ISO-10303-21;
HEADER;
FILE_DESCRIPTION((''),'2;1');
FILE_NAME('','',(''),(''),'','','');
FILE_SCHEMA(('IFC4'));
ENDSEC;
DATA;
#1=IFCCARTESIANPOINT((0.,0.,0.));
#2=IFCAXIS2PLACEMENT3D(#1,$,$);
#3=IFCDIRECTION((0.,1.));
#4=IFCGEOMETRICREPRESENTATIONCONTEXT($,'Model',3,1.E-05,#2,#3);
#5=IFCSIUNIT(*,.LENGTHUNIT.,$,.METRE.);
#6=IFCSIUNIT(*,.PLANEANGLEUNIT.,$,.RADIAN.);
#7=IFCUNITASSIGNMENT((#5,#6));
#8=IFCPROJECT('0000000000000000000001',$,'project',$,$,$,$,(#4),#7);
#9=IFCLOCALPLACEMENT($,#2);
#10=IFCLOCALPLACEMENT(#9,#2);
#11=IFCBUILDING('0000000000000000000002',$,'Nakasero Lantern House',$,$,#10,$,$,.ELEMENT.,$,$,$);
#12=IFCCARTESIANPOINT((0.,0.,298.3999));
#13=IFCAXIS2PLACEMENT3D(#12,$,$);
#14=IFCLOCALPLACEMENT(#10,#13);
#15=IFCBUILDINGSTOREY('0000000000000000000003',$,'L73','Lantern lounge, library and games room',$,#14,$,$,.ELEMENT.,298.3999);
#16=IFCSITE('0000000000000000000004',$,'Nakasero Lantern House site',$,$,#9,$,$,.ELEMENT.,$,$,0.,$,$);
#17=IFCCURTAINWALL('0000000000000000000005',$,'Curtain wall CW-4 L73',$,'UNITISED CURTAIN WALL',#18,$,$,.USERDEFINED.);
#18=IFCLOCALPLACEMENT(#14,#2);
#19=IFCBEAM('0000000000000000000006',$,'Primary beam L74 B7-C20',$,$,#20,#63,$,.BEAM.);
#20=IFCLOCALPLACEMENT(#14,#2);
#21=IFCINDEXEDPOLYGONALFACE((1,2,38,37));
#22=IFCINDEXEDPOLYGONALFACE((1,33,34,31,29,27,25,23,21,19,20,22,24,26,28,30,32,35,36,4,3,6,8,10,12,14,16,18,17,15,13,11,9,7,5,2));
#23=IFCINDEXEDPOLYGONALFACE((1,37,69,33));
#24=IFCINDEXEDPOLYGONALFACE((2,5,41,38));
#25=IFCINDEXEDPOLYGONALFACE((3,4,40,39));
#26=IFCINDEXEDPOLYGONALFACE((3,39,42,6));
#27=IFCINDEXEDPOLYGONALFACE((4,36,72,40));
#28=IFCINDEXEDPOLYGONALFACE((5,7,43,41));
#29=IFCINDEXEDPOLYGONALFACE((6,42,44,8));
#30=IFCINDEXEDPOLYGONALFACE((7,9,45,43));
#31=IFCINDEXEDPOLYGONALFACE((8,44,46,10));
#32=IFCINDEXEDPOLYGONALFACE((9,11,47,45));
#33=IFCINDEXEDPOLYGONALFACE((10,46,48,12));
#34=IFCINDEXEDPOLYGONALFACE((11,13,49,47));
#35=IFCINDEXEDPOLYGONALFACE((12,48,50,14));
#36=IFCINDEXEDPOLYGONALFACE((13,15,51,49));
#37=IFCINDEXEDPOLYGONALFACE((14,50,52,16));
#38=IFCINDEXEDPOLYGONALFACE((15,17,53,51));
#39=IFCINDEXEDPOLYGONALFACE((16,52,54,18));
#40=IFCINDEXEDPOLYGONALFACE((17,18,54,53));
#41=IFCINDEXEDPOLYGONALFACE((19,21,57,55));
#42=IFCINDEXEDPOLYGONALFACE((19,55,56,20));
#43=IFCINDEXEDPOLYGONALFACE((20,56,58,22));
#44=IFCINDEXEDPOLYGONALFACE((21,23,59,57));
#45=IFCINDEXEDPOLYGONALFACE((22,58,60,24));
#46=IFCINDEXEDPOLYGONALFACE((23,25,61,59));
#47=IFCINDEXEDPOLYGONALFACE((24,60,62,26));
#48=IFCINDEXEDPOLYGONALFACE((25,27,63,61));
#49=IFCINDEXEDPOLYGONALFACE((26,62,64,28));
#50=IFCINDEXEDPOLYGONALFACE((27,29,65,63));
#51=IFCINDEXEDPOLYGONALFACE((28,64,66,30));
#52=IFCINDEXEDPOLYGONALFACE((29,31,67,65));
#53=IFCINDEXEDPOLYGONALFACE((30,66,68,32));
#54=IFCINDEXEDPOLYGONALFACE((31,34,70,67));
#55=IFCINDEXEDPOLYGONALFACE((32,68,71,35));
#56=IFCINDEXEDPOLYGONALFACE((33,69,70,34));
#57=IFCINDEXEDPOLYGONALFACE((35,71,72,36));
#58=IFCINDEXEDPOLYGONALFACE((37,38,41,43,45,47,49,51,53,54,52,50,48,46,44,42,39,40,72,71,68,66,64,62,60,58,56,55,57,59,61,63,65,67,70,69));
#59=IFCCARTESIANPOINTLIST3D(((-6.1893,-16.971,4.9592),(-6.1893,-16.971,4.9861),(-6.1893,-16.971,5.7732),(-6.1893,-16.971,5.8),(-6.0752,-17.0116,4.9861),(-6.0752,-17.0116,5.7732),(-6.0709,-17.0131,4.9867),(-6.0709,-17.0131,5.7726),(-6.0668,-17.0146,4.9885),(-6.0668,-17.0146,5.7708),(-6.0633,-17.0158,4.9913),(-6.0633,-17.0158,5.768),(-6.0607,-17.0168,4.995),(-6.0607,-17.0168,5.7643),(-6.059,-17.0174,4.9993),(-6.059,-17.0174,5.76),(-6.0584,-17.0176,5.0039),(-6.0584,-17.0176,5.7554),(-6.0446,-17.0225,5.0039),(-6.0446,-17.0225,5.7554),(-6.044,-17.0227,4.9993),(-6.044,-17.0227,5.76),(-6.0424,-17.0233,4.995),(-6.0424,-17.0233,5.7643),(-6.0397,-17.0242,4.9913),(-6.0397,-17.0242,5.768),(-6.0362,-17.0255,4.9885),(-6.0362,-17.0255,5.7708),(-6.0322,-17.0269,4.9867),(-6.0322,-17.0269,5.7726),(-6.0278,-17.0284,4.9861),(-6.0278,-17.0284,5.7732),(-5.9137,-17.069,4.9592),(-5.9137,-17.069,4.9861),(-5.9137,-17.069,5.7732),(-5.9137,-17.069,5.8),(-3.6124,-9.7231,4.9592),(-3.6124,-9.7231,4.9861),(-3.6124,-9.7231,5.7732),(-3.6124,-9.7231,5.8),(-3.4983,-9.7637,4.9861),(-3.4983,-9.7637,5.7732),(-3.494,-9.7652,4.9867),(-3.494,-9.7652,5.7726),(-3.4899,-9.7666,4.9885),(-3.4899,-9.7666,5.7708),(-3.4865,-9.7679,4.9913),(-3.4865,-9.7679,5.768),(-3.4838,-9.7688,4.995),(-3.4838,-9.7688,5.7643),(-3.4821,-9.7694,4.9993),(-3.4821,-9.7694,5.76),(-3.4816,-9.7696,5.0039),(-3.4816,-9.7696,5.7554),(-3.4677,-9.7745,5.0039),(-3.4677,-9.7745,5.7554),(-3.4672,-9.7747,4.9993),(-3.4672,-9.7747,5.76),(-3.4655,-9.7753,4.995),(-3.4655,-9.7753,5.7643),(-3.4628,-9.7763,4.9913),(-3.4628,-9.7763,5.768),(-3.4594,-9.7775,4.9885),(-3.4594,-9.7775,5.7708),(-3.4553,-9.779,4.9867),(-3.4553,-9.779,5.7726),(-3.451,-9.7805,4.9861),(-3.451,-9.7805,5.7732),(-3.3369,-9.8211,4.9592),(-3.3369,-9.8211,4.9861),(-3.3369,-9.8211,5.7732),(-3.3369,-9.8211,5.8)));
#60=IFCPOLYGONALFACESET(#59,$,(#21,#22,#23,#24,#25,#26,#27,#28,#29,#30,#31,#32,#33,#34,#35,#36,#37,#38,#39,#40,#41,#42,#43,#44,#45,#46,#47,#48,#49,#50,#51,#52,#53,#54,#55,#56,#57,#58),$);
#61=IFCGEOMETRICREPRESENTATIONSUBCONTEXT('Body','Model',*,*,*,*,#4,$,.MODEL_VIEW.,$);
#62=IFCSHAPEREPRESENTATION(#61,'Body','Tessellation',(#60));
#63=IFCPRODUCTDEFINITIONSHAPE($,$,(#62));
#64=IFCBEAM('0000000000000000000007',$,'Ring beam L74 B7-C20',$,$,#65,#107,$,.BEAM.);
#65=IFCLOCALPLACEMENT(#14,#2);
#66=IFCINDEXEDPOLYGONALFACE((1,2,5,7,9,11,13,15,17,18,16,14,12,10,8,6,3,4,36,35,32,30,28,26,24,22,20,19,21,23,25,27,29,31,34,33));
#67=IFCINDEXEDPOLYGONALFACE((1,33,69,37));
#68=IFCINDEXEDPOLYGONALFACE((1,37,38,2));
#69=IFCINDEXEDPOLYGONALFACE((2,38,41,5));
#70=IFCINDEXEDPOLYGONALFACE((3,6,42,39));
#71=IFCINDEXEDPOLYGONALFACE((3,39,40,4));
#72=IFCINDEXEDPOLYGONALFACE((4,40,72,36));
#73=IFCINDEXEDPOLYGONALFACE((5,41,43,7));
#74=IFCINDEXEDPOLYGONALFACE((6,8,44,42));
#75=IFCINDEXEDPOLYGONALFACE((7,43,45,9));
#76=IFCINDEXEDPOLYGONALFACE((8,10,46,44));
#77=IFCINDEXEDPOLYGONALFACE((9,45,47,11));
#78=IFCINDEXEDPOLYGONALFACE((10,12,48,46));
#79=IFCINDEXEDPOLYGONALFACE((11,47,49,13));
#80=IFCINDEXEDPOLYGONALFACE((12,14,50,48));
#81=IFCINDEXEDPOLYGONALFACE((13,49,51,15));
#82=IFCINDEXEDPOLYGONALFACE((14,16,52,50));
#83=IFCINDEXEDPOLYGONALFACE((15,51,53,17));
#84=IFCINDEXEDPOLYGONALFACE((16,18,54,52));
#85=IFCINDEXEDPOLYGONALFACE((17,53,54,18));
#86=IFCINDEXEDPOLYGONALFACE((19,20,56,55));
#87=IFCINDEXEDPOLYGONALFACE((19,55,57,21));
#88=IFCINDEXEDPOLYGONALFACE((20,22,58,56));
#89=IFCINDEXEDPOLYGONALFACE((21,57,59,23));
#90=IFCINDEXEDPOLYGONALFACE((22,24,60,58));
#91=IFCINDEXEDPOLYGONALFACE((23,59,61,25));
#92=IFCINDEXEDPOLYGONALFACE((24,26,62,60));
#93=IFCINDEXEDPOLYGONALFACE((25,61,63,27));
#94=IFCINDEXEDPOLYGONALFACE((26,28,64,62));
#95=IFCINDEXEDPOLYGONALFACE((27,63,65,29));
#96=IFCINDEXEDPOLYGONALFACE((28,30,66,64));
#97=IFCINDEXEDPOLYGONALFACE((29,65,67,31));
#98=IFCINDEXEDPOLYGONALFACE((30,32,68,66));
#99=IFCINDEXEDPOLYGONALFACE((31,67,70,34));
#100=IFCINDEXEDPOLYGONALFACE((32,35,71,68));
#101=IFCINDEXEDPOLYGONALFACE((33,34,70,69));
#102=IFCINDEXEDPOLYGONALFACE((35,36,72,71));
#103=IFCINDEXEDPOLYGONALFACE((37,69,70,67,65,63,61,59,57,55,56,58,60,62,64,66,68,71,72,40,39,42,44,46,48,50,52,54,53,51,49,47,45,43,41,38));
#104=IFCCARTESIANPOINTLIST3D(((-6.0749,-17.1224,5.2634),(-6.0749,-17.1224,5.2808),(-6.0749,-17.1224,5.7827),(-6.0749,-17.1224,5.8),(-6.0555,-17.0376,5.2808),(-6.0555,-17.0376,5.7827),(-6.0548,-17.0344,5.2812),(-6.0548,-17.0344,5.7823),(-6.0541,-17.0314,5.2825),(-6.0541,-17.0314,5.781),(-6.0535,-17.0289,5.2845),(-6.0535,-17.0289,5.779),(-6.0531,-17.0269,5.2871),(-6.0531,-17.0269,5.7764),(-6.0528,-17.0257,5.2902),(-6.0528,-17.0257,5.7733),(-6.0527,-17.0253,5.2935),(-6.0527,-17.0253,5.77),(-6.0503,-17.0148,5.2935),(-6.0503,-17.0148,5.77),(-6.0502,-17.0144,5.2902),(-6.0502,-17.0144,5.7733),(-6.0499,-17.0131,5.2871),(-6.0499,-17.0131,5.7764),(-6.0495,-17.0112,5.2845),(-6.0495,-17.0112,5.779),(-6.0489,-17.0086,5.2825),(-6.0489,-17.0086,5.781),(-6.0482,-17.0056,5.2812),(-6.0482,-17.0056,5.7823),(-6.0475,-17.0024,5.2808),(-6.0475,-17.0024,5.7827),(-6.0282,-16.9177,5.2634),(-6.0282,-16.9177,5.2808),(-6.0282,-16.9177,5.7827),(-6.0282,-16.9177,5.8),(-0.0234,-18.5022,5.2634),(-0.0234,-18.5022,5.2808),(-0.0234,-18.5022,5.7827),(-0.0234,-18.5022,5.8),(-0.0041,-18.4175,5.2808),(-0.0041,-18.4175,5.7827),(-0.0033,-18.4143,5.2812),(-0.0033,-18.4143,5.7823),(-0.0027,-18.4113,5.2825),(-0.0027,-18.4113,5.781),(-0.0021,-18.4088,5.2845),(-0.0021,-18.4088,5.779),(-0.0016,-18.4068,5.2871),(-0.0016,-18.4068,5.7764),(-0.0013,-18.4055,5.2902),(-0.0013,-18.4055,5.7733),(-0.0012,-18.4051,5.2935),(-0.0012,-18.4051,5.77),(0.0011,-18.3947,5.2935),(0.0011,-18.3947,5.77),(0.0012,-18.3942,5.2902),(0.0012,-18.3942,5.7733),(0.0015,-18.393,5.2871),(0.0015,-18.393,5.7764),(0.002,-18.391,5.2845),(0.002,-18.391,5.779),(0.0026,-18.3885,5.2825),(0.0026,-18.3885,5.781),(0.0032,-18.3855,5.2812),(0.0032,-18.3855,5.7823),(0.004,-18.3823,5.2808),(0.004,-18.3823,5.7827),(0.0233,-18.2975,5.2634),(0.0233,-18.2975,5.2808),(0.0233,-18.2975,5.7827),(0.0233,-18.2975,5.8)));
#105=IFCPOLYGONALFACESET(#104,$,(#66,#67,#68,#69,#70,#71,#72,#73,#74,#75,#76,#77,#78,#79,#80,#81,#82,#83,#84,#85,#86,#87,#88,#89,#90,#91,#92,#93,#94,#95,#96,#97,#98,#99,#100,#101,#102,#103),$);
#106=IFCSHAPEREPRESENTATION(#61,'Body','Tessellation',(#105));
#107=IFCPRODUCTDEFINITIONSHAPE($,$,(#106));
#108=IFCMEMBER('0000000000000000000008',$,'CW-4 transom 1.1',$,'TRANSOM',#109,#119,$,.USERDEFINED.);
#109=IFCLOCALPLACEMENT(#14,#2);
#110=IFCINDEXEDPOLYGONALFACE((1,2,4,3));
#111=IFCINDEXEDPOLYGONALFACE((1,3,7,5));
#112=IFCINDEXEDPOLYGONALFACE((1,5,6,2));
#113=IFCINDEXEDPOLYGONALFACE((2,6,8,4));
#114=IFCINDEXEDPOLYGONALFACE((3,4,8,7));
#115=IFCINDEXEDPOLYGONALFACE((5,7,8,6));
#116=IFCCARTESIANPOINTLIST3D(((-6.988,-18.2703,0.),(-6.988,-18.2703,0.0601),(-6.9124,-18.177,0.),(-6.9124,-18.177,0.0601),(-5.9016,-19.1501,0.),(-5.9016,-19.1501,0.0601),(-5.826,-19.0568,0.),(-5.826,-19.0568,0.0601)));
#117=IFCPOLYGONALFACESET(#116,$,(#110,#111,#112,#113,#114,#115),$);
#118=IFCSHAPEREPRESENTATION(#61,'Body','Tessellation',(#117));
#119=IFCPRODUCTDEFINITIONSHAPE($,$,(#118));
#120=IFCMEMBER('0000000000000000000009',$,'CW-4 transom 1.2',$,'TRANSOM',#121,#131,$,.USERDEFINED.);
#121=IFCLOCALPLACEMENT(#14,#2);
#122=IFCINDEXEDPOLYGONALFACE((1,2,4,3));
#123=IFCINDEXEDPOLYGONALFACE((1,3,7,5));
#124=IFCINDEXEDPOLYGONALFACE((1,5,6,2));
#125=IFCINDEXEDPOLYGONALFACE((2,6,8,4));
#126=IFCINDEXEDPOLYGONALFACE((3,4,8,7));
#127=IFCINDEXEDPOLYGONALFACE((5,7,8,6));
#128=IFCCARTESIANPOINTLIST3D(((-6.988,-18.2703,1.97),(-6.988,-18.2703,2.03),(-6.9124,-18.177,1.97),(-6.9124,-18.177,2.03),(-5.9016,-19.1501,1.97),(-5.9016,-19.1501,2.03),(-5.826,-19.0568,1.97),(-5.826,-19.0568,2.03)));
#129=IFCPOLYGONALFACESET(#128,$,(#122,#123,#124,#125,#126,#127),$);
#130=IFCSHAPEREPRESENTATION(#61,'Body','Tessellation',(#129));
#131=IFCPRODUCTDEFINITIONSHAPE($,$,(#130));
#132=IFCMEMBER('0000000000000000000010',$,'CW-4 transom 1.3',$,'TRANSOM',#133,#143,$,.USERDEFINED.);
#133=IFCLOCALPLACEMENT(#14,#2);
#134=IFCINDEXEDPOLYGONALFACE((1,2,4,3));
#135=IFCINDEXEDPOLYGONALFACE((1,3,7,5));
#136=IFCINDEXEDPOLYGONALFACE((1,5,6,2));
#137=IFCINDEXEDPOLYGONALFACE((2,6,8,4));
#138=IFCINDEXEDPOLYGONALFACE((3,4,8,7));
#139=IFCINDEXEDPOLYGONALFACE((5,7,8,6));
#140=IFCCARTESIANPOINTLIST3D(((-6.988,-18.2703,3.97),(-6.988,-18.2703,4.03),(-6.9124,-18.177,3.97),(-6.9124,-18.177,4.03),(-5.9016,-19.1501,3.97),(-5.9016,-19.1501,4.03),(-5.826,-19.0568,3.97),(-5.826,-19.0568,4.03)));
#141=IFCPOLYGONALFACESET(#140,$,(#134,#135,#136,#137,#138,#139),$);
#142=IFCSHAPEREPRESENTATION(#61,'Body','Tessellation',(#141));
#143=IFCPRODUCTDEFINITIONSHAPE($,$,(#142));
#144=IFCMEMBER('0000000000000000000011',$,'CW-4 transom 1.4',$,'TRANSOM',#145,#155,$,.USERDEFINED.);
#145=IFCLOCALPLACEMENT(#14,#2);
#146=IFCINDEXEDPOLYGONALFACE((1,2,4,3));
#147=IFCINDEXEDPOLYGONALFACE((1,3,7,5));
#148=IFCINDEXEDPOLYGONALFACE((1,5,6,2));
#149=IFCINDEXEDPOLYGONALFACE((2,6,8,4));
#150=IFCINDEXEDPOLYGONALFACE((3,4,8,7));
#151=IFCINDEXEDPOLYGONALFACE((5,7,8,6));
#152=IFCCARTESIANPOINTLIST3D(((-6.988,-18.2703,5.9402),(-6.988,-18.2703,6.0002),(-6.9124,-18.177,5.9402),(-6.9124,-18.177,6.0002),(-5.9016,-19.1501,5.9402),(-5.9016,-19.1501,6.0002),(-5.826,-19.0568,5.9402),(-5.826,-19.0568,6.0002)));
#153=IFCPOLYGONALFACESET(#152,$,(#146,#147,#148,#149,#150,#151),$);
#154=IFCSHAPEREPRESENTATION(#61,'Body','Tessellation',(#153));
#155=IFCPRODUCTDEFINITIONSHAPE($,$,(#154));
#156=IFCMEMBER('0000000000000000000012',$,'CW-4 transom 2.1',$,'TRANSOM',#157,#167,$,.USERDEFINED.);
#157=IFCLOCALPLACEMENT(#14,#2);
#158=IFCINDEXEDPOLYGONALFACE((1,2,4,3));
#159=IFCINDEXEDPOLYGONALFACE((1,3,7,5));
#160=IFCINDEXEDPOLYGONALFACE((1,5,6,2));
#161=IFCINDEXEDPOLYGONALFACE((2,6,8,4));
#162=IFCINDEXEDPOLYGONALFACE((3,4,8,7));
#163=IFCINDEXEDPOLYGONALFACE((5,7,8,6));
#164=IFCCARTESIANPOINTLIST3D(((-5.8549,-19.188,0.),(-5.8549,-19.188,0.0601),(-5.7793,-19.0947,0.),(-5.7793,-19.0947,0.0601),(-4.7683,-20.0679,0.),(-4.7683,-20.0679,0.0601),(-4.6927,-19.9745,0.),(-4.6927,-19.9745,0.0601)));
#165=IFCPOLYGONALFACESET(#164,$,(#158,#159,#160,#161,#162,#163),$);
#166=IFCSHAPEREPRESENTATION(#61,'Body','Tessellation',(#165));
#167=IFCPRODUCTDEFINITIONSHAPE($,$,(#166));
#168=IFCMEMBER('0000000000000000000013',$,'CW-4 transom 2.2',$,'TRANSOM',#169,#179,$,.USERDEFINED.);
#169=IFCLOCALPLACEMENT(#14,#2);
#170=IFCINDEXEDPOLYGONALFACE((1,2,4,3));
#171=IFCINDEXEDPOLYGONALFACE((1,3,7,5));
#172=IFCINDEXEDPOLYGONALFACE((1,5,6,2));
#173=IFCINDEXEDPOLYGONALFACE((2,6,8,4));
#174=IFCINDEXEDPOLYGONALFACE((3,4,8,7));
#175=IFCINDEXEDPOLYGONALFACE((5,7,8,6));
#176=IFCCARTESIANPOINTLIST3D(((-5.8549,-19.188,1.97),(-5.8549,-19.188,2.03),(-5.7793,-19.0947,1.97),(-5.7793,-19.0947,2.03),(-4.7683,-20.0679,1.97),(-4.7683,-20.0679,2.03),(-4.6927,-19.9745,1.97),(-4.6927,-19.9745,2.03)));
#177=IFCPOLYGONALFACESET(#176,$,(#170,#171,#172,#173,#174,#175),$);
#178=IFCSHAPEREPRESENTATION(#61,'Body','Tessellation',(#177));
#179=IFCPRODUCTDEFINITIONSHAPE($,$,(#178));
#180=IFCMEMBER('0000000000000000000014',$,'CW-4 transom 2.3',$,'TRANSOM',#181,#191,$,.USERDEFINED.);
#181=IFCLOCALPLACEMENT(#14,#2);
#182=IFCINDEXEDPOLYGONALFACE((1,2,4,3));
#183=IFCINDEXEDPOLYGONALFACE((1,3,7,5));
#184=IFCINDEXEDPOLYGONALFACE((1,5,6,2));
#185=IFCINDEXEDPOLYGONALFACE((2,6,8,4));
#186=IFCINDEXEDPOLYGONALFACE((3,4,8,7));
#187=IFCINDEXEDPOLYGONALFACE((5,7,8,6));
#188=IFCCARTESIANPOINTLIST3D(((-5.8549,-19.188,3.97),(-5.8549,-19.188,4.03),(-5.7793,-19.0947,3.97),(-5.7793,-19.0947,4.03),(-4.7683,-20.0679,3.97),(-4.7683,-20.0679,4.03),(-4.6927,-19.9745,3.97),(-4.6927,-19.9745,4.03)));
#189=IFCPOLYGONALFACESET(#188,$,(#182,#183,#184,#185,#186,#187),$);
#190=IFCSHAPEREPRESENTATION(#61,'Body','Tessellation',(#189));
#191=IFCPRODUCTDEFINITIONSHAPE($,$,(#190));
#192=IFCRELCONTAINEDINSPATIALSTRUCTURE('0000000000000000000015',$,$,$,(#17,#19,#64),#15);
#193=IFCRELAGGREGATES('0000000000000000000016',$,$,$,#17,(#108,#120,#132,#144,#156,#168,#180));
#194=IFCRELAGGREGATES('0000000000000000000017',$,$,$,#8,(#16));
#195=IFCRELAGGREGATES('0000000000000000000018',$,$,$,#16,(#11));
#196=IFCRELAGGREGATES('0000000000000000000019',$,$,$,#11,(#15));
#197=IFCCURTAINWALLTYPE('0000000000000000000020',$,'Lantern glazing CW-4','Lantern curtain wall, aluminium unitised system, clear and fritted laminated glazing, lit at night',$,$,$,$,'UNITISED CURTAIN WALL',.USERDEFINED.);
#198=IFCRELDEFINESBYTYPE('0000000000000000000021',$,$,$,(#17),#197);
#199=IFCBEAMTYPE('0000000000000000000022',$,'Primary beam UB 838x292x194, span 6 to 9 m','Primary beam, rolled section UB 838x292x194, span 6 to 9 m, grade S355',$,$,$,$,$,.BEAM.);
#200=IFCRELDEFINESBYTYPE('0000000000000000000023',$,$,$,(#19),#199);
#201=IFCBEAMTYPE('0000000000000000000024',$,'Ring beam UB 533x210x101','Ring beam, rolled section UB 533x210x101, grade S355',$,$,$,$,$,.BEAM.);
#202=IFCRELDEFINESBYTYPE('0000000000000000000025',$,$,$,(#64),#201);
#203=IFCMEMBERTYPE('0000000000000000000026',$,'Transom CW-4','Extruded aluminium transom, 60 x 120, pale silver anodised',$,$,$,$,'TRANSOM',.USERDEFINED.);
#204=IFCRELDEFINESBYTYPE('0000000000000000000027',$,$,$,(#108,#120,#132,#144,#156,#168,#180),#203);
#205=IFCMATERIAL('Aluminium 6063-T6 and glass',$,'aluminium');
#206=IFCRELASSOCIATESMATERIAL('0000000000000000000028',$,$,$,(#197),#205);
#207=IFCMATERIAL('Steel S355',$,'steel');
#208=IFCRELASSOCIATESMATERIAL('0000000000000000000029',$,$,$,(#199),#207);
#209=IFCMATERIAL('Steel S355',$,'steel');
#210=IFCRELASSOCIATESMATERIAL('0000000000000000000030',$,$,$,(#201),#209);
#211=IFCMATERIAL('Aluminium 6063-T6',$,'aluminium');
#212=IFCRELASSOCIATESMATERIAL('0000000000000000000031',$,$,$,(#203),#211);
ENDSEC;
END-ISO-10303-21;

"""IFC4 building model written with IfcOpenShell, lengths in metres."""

from ifc_helpers import new_model, si_unit, direction, frame, origin, origin_2d, place, context, subcontext, project, spatial, rectangle, i_section, extrude, material, material_profile, profile_set, type_object, element, aggregate, save


model = new_model("IFC4")

# Units and contexts
model_context = context("Model", 3, precision=1e-05, world=origin(), true_north=direction((0.0, 1.0)))
body_context = subcontext(model_context, "Body", "Model", "MODEL_VIEW")
ifc_project = project(units=[si_unit("LENGTHUNIT", "METRE"), si_unit("PLANEANGLEUNIT", "RADIAN")], contexts=[model_context])

# Site, building, storey
site_placement = place(None, origin())
site = spatial("IfcSite", under=ifc_project, at=site_placement, Name="Nakasero Lantern House site", CompositionType="ELEMENT", RefElevation=0.0)
building_placement = place(site_placement, origin())
building = spatial("IfcBuilding", under=site, at=building_placement, Name="Nakasero Lantern House", CompositionType="ELEMENT")
storey_placement = place(building_placement, frame((0.0, 0.0, 298.3999)))
storey = spatial("IfcBuildingStorey", under=building, at=storey_placement, Name="L73", Description="Lantern lounge, library and games room", CompositionType="ELEMENT", Elevation=298.3999)

# Shared definitions
ifc_material_1 = material(Name="Aluminium 6063-T6 and glass", Category="aluminium")
curtain_wall_type = type_object("IfcCurtainWallType", Name="Lantern glazing CW-4", Description="Lantern curtain wall, aluminium unitised system, clear and fritted laminated glazing, lit at night", ElementType="UNITISED CURTAIN WALL", PredefinedType="USERDEFINED", material=ifc_material_1)

# Curtain wall
curtain_wall_1_placement = place(storey_placement, origin())
curtain_wall_1 = element("IfcCurtainWall", 1, at=curtain_wall_1_placement, inside=storey, type_object=curtain_wall_type, Name="Curtain wall CW-4 L73", ObjectType="UNITISED CURTAIN WALL", PredefinedType="USERDEFINED")

# Beams
ifc_material_2 = material(Name="Steel S355", Category="steel")
ifc_material_profile_1 = material_profile(ifc_material_2, i_section(OverallWidth=0.2925, OverallDepth=0.8408, WebThickness=0.0146, FlangeThickness=0.0269, FilletRadius=0.0178, at=origin_2d()), Name="UB 838x292x194")
ifc_profile_set_1 = profile_set([ifc_material_profile_1], Name="Steel S355")
beam_type_1 = type_object("IfcBeamType", Name="Primary beam UB 838x292x194, span 6 to 9 m", Description="Primary beam, rolled section UB 838x292x194, span 6 to 9 m, grade S355", PredefinedType="BEAM", material=ifc_profile_set_1)
beam_1_placement = place(storey_placement, frame((-6.0515, -17.02, 5.3796), z_axis=(0.334989, 0.942222, 0.0), x_axis=(-0.942222, 0.334989, 0.0)))
element("IfcBeam", 2, at=beam_1_placement, inside=storey, type_object=beam_type_1, Name="Primary beam L74 B7-C20", PredefinedType="BEAM", context=body_context, shape_type="SweptSolid", body=[
    extrude(i_section(OverallWidth=0.2925, OverallDepth=0.8408, WebThickness=0.0146, FlangeThickness=0.0269, FilletRadius=0.0178, at=origin_2d()), origin(), (0.0, 0.0, 1.0), 7.6924),
])
ifc_material_3 = material(Name="Steel S355", Category="steel")
ifc_material_profile_2 = material_profile(ifc_material_3, i_section(OverallWidth=0.21, OverallDepth=0.5366, WebThickness=0.0107, FlangeThickness=0.0173, FilletRadius=0.0127, at=origin_2d()), Name="UB 533x210x101")
ifc_profile_set_2 = profile_set([ifc_material_profile_2], Name="Steel S355")
beam_type_2 = type_object("IfcBeamType", Name="Ring beam UB 533x210x101", Description="Ring beam, rolled section UB 533x210x101, grade S355", PredefinedType="BEAM", material=ifc_profile_set_2)
beam_2_placement = place(storey_placement, frame((-6.0515, -17.02, 5.5317), z_axis=(0.974975, -0.222316, 0.0), x_axis=(0.222316, 0.974975, 0.0)))
element("IfcBeam", 3, at=beam_2_placement, inside=storey, type_object=beam_type_2, Name="Ring beam L74 B7-C20", PredefinedType="BEAM", context=body_context, shape_type="SweptSolid", body=[
    extrude(i_section(OverallWidth=0.21, OverallDepth=0.5366, WebThickness=0.0107, FlangeThickness=0.0173, FilletRadius=0.0127, at=origin_2d()), origin(), (0.0, 0.0, 1.0), 6.2068),
])

# Members
ifc_material_4 = material(Name="Aluminium 6063-T6", Category="aluminium")
ifc_material_profile_3 = material_profile(ifc_material_4, rectangle(XDim=0.0601, YDim=0.1201, at=origin_2d()), Name="CW-4 transom 60x120")
ifc_profile_set_3 = profile_set([ifc_material_profile_3], Name="Aluminium 6063-T6")
member_type_1 = type_object("IfcMemberType", Name="Transom CW-4", Description="Extruded aluminium transom, 60 x 120, pale silver anodised", ElementType="TRANSOM", PredefinedType="USERDEFINED", material=ifc_profile_set_3)
member_1_placement = place(storey_placement, frame((-6.9502, -18.2236, 0.03), z_axis=(0.777107, -0.629369, 0.0), x_axis=(0.0, 0.0, 1.0)))
member_1 = element("IfcMember", 4, at=member_1_placement, type_object=member_type_1, Name="CW-4 transom 1.1", ObjectType="TRANSOM", PredefinedType="USERDEFINED", context=body_context, shape_type="SweptSolid", body=[
    extrude(rectangle(XDim=0.0601, YDim=0.1201, at=origin_2d()), origin(), (0.0, 0.0, 1.0), 1.3979),
])
member_2_placement = place(storey_placement, frame((-6.9502, -18.2236, 2.0), z_axis=(0.777107, -0.629369, 0.0), x_axis=(0.0, 0.0, 1.0)))
member_2 = element("IfcMember", 5, at=member_2_placement, type_object=member_type_1, Name="CW-4 transom 1.2", ObjectType="TRANSOM", PredefinedType="USERDEFINED", context=body_context, shape_type="SweptSolid", body=[
    extrude(rectangle(XDim=0.0601, YDim=0.1201, at=origin_2d()), origin(), (0.0, 0.0, 1.0), 1.3979),
])
member_3_placement = place(storey_placement, frame((-6.9502, -18.2236, 4.0), z_axis=(0.777107, -0.629369, 0.0), x_axis=(0.0, 0.0, 1.0)))
member_3 = element("IfcMember", 6, at=member_3_placement, type_object=member_type_1, Name="CW-4 transom 1.3", ObjectType="TRANSOM", PredefinedType="USERDEFINED", context=body_context, shape_type="SweptSolid", body=[
    extrude(rectangle(XDim=0.0601, YDim=0.1201, at=origin_2d()), origin(), (0.0, 0.0, 1.0), 1.3979),
])
member_4_placement = place(storey_placement, frame((-6.9502, -18.2236, 5.9702), z_axis=(0.777107, -0.629369, 0.0), x_axis=(0.0, 0.0, 1.0)))
member_4 = element("IfcMember", 7, at=member_4_placement, type_object=member_type_1, Name="CW-4 transom 1.4", ObjectType="TRANSOM", PredefinedType="USERDEFINED", context=body_context, shape_type="SweptSolid", body=[
    extrude(rectangle(XDim=0.0601, YDim=0.1201, at=origin_2d()), origin(), (0.0, 0.0, 1.0), 1.3979),
])
member_5_placement = place(storey_placement, frame((-5.8171, -19.1414, 0.03), z_axis=(0.777176, -0.629284, 0.0), x_axis=(0.0, 0.0, 1.0)))
member_5 = element("IfcMember", 8, at=member_5_placement, type_object=member_type_1, Name="CW-4 transom 2.1", ObjectType="TRANSOM", PredefinedType="USERDEFINED", context=body_context, shape_type="SweptSolid", body=[
    extrude(rectangle(XDim=0.0601, YDim=0.1201, at=origin_2d()), origin(), (0.0, 0.0, 1.0), 1.3982),
])
member_6_placement = place(storey_placement, frame((-5.8171, -19.1414, 2.0), z_axis=(0.777176, -0.629284, 0.0), x_axis=(0.0, 0.0, 1.0)))
member_6 = element("IfcMember", 9, at=member_6_placement, type_object=member_type_1, Name="CW-4 transom 2.2", ObjectType="TRANSOM", PredefinedType="USERDEFINED", context=body_context, shape_type="SweptSolid", body=[
    extrude(rectangle(XDim=0.0601, YDim=0.1201, at=origin_2d()), origin(), (0.0, 0.0, 1.0), 1.3982),
])
member_7_placement = place(storey_placement, frame((-5.8171, -19.1414, 4.0), z_axis=(0.777176, -0.629284, 0.0), x_axis=(0.0, 0.0, 1.0)))
member_7 = element("IfcMember", 10, at=member_7_placement, type_object=member_type_1, Name="CW-4 transom 2.3", ObjectType="TRANSOM", PredefinedType="USERDEFINED", context=body_context, shape_type="SweptSolid", body=[
    extrude(rectangle(XDim=0.0601, YDim=0.1201, at=origin_2d()), origin(), (0.0, 0.0, 1.0), 1.3982),
])

aggregate(curtain_wall_1, [member_1, member_2, member_3, member_4, member_5, member_6, member_7])

save(model, "model.ifc")
